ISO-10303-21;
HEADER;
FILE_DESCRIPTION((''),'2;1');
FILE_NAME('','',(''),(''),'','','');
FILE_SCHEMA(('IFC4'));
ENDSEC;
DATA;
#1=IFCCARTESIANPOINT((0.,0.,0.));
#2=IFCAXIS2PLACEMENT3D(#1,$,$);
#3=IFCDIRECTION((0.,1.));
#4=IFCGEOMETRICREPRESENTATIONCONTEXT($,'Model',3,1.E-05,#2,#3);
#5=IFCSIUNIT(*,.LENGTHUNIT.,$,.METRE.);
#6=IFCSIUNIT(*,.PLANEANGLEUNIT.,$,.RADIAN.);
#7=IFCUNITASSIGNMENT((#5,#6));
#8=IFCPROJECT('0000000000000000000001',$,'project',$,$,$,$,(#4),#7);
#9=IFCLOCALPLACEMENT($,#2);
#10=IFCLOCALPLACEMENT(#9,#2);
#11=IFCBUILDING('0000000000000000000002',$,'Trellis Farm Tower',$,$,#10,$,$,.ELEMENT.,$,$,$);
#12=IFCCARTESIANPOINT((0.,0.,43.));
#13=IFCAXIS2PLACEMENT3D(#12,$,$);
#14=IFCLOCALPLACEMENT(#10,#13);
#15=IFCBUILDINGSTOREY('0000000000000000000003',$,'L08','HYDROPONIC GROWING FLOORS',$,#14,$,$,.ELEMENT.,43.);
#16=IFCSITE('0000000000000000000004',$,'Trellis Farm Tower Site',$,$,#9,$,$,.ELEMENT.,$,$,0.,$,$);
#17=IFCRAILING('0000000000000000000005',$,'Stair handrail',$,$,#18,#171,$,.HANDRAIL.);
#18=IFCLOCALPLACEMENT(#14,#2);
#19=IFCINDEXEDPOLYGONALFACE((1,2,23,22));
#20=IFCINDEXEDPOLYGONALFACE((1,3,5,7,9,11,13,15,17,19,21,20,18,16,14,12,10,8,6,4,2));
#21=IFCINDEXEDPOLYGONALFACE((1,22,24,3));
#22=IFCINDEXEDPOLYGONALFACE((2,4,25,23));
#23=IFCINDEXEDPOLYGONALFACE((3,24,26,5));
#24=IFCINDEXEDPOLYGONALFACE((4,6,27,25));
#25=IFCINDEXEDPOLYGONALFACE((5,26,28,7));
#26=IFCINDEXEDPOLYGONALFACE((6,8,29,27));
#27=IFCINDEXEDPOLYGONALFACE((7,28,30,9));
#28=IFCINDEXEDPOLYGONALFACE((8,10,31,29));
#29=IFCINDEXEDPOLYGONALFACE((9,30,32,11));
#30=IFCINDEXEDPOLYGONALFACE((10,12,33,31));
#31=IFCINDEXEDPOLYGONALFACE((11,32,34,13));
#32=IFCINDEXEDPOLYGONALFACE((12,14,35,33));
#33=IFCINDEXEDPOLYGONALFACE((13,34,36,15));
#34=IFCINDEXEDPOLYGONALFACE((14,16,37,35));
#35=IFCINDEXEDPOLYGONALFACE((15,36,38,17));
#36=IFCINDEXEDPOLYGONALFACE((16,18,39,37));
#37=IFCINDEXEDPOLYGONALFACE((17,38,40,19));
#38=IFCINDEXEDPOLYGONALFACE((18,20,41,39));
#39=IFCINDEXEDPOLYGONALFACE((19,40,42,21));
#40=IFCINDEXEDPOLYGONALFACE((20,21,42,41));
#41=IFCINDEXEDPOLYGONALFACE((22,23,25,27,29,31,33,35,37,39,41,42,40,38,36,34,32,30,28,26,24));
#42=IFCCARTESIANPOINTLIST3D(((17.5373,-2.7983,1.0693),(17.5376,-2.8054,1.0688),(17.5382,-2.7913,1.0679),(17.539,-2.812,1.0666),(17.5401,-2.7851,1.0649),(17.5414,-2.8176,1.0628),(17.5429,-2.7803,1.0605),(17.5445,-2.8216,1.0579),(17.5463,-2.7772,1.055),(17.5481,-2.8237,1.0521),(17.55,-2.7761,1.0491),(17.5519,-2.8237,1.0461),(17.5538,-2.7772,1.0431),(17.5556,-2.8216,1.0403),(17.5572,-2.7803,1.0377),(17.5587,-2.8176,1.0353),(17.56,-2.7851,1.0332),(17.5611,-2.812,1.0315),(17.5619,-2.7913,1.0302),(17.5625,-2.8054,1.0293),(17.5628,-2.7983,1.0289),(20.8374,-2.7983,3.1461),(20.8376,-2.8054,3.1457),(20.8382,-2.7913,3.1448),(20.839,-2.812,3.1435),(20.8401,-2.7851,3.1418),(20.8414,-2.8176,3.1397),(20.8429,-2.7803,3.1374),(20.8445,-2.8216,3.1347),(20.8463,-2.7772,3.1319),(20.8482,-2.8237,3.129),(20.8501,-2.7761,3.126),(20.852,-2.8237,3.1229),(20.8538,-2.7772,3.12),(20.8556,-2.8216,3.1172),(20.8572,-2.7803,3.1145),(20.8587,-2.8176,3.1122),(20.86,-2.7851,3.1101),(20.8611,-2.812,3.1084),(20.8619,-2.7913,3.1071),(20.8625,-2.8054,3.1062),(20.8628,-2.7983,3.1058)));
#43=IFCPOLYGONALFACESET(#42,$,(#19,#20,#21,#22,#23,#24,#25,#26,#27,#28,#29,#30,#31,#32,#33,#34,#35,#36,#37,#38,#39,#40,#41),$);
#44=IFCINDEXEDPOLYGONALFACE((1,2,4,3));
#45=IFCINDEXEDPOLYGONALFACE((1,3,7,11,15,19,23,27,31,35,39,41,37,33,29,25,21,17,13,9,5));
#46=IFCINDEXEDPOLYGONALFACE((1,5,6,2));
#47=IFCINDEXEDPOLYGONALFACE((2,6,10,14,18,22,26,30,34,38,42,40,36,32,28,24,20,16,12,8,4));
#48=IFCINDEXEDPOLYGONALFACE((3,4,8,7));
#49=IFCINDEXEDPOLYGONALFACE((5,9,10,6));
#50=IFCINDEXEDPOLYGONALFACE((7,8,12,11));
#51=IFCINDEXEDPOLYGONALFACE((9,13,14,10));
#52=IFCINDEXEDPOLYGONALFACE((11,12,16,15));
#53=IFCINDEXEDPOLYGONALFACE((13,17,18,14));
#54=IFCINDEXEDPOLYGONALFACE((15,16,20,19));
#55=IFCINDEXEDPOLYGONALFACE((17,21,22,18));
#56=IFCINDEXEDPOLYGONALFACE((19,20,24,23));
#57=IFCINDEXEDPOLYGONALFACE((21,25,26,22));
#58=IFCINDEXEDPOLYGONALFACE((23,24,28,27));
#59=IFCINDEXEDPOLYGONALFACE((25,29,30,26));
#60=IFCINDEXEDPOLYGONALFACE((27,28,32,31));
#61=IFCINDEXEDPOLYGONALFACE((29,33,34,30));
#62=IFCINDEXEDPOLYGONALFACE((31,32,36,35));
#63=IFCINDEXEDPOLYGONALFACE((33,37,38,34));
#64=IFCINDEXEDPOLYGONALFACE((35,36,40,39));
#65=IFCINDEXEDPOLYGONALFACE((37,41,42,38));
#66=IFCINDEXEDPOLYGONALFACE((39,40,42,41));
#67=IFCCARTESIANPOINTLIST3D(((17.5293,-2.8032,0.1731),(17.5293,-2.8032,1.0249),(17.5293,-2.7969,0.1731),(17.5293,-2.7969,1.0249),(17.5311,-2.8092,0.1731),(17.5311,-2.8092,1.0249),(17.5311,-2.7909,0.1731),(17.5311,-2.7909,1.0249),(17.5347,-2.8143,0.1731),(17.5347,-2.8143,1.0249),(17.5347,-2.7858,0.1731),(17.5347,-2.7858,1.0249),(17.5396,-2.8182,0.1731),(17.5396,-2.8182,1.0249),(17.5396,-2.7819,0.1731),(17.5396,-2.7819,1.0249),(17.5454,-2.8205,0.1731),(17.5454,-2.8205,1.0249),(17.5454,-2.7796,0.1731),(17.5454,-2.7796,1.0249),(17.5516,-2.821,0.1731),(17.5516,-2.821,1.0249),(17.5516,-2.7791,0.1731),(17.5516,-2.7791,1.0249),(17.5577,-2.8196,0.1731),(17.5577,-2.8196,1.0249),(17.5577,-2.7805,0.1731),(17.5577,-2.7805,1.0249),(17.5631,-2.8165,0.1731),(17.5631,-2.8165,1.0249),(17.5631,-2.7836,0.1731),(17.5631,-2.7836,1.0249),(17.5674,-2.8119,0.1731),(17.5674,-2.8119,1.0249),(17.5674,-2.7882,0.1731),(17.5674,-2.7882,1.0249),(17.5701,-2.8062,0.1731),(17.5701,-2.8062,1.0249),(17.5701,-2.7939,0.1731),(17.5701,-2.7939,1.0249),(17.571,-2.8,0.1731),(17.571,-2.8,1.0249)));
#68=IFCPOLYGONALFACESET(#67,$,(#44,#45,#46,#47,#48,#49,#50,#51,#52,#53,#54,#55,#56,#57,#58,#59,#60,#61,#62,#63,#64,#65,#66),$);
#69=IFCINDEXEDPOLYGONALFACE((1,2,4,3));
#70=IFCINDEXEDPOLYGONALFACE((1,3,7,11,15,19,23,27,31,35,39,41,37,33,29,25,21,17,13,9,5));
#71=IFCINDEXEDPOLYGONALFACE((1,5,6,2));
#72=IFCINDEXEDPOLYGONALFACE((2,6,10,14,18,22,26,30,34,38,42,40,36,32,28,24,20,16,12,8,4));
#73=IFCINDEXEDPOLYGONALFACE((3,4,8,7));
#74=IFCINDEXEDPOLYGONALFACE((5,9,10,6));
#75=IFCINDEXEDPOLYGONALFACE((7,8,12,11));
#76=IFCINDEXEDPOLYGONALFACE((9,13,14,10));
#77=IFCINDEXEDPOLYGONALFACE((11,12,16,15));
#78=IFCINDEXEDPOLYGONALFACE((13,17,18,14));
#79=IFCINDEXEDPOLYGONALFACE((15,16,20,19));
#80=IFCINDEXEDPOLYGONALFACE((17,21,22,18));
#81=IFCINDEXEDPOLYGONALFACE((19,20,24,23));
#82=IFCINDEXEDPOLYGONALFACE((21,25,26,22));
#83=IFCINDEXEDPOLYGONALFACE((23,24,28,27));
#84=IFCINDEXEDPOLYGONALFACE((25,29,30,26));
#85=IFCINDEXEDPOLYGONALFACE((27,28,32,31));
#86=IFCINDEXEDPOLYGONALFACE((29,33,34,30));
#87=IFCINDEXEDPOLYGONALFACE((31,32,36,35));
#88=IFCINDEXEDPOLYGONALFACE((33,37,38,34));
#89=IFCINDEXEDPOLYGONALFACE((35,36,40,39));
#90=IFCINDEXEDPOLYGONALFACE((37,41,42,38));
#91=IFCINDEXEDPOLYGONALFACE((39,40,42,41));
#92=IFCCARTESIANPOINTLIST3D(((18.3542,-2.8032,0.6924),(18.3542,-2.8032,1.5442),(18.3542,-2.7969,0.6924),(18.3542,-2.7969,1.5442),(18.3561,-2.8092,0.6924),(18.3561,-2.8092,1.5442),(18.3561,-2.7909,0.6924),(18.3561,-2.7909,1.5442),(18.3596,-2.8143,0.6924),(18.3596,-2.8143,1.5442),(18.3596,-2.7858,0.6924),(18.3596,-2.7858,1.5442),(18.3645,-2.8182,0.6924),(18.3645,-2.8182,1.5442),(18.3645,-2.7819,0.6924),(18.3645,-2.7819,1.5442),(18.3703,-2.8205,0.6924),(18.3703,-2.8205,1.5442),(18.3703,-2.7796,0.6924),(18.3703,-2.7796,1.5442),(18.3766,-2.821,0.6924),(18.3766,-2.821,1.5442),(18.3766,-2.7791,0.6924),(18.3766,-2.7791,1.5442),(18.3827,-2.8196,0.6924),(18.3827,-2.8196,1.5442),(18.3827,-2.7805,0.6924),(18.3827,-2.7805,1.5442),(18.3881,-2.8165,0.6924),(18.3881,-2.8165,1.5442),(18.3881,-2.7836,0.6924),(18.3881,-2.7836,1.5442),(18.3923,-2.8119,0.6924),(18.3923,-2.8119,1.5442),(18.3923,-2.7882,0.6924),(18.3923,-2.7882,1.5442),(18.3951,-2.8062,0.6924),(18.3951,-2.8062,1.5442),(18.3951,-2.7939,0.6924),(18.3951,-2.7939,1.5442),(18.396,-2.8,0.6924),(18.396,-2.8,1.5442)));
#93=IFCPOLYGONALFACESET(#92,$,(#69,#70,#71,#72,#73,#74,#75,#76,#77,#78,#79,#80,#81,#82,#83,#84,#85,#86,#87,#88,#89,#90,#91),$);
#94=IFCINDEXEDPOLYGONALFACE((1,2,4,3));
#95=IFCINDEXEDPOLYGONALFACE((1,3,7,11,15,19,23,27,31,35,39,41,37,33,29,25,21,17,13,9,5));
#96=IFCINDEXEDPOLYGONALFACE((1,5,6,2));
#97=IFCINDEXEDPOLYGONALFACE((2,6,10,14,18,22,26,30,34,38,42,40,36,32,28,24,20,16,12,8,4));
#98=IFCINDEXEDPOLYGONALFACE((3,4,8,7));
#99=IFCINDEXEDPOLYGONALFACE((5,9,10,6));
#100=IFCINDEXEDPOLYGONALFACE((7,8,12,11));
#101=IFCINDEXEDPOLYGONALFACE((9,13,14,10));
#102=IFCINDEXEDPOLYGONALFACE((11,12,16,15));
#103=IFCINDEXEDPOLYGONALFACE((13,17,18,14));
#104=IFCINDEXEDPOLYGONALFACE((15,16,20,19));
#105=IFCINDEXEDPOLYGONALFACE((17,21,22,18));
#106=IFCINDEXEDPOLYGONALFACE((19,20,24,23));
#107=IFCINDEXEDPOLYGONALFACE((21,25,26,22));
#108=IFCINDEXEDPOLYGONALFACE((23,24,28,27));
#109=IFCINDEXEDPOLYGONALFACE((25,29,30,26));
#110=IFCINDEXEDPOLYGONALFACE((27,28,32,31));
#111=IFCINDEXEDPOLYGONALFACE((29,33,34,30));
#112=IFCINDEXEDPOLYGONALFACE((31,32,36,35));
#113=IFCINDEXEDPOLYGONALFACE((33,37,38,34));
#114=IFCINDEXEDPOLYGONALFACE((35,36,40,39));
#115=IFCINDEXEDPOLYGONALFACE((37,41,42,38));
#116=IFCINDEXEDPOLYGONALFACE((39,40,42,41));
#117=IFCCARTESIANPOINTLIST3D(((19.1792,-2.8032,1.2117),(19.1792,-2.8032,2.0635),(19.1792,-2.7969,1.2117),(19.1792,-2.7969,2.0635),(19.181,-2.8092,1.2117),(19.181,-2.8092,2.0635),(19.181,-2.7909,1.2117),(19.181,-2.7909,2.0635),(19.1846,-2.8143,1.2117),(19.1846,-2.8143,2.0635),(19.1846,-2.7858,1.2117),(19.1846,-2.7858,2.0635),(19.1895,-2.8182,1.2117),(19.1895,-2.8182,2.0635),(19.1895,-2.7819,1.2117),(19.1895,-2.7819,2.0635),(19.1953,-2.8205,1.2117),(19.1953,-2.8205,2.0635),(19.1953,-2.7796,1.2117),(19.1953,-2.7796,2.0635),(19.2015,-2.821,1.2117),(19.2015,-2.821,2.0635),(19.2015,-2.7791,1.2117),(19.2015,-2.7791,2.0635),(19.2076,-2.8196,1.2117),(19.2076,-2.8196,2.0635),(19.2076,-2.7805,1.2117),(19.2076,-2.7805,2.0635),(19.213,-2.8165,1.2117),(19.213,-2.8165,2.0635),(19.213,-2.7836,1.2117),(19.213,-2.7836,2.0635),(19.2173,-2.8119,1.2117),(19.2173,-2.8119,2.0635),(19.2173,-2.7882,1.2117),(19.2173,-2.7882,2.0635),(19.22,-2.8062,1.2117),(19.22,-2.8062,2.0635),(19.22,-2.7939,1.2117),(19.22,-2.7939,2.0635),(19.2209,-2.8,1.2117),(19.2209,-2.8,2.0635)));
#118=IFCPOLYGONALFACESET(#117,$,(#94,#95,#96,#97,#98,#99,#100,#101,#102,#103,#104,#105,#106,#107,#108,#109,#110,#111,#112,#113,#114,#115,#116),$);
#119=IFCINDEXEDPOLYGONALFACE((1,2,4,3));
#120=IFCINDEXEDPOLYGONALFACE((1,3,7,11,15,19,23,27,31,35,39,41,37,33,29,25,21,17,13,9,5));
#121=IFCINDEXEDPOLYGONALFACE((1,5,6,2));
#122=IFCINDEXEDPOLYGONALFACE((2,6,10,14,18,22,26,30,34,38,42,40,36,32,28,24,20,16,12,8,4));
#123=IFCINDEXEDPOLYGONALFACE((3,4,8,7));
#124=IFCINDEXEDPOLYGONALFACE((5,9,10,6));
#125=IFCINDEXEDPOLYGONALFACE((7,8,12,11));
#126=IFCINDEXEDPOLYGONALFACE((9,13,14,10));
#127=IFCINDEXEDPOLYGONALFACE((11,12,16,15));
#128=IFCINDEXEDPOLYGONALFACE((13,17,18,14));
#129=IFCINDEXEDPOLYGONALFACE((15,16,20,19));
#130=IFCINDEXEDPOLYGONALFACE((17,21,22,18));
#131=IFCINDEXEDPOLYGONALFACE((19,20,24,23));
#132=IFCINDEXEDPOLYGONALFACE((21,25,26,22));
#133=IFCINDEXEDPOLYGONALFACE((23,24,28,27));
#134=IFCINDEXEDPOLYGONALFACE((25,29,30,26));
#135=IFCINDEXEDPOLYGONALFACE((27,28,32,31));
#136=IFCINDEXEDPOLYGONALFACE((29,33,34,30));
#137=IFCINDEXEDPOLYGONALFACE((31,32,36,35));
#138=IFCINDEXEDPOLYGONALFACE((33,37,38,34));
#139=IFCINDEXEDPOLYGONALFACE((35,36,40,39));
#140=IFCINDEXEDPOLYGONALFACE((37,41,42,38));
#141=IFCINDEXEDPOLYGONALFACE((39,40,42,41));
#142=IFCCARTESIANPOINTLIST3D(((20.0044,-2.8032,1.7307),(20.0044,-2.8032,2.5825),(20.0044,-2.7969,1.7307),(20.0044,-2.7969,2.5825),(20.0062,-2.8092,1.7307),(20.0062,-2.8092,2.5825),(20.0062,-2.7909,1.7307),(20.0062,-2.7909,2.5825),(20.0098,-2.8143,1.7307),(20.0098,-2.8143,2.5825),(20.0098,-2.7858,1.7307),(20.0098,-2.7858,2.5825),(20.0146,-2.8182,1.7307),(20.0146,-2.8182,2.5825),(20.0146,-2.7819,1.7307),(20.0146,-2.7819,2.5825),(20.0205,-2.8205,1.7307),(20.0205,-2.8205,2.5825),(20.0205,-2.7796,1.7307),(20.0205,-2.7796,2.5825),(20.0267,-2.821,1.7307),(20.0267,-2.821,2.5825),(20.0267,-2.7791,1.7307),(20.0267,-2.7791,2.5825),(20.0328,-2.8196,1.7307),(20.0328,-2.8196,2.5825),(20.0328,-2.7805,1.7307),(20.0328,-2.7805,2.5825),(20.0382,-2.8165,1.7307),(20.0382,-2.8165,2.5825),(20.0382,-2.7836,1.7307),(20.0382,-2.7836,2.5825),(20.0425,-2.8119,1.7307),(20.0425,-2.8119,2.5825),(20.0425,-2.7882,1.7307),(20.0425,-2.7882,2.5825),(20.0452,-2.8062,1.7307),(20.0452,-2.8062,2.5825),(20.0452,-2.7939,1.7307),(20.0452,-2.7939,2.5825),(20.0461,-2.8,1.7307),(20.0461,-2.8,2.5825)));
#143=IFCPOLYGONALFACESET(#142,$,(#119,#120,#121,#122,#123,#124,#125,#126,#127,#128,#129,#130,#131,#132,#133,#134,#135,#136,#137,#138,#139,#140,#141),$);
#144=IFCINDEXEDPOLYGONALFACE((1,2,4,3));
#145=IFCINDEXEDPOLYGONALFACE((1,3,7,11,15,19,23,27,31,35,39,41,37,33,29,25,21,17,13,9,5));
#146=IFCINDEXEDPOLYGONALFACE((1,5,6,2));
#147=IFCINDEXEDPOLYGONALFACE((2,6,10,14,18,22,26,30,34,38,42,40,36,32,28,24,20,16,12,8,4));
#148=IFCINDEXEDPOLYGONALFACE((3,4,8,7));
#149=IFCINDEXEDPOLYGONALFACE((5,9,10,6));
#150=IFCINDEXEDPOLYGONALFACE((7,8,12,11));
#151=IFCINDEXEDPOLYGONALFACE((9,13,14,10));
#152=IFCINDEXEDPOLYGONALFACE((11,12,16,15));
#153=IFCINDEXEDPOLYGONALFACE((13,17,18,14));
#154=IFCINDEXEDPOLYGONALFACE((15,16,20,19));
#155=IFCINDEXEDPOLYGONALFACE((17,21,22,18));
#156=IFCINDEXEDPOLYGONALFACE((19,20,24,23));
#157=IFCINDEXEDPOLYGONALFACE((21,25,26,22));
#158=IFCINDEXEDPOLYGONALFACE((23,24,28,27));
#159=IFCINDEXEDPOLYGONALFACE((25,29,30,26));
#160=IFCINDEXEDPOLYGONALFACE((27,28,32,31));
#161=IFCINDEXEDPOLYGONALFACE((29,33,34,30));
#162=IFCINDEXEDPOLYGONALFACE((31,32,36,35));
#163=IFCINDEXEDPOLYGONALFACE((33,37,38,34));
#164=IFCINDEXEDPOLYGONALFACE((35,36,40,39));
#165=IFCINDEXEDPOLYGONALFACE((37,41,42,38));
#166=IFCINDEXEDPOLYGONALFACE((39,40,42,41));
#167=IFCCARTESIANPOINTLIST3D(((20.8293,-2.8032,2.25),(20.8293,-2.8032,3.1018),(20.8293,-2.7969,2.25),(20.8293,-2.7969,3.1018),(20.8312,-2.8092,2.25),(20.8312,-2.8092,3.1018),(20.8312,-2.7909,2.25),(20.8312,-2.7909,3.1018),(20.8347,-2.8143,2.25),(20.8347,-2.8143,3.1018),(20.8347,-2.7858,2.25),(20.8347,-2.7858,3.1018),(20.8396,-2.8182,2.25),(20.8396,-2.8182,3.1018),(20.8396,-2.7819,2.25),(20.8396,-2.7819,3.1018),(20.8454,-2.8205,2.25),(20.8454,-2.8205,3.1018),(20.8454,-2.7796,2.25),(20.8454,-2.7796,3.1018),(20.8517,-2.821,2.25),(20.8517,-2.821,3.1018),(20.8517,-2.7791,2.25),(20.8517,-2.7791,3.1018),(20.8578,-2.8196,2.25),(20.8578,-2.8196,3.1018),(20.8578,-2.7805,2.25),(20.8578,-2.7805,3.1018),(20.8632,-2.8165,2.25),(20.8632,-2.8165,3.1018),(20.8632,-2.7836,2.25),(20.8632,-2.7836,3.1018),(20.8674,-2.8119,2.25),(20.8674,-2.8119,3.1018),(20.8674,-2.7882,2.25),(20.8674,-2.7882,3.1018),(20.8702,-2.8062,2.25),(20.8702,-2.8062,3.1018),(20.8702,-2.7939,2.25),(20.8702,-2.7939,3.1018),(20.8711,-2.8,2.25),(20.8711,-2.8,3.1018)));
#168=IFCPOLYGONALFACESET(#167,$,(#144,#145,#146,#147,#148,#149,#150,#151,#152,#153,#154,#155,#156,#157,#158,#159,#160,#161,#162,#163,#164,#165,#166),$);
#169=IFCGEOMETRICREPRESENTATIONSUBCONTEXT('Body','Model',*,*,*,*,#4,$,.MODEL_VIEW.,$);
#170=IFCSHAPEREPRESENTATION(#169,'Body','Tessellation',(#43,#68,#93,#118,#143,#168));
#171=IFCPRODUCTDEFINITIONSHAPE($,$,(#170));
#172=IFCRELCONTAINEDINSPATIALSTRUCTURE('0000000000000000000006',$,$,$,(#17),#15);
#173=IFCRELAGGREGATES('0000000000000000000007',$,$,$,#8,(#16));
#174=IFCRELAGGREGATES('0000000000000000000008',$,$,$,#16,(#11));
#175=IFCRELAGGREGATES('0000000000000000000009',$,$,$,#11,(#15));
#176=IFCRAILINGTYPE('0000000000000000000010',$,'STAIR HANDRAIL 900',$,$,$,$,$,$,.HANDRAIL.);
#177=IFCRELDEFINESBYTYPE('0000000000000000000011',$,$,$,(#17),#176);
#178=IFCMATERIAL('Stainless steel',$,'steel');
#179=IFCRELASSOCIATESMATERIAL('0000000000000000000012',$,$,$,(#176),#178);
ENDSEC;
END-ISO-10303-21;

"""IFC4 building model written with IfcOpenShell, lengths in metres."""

from ifc_helpers import new_model, si_unit, direction, frame, origin, origin_2d, place, context, subcontext, project, spatial, circle, extrude, source, transform, mapped, material, type_object, element, save


model = new_model("IFC4")

# Units and contexts
model_context = context("Model", 3, precision=1e-05, world=origin(), true_north=direction((0.0, 1.0)))
body_context = subcontext(model_context, "Body", "Model", "MODEL_VIEW")
ifc_project = project(units=[si_unit("LENGTHUNIT", "METRE"), si_unit("PLANEANGLEUNIT", "RADIAN")], contexts=[model_context])

# Site, building, storey
site_placement = place(None, origin())
site = spatial("IfcSite", under=ifc_project, at=site_placement, Name="Trellis Farm Tower Site", CompositionType="ELEMENT", RefElevation=0.0)
building_placement = place(site_placement, origin())
building = spatial("IfcBuilding", under=site, at=building_placement, Name="Trellis Farm Tower", CompositionType="ELEMENT")
storey_placement = place(building_placement, frame((0.0, 0.0, 43.0)))
storey = spatial("IfcBuildingStorey", under=building, at=storey_placement, Name="L08", Description="HYDROPONIC GROWING FLOORS", CompositionType="ELEMENT", Elevation=43.0)

# Railing
ifc_material_1 = material(Name="Stainless steel", Category="steel")
railing_type = type_object("IfcRailingType", Name="STAIR HANDRAIL 900", PredefinedType="HANDRAIL", material=ifc_material_1)
shared_shape_1 = source(origin(), body_context, "Body", "SweptSolid", [
    extrude(circle(Radius=0.0239, at=origin_2d()), frame((0.0, 0.0, 0.876), z_axis=(0.846337, 0.0, 0.532647), x_axis=(0.0, 1.0, 0.0)), (0.0, 0.0, 1.0), 3.8992),
    extrude(circle(Radius=0.021, at=origin_2d()), origin(), (0.0, 0.0, 1.0), 0.8518),
    extrude(circle(Radius=0.021, at=origin_2d()), frame((0.825, 0.0, 0.5193)), (0.0, 0.0, 1.0), 0.8518),
    extrude(circle(Radius=0.021, at=origin_2d()), frame((1.6499, 0.0, 1.0386)), (0.0, 0.0, 1.0), 0.8518),
    extrude(circle(Radius=0.021, at=origin_2d()), frame((2.4751, 0.0, 1.5576)), (0.0, 0.0, 1.0), 0.8518),
    extrude(circle(Radius=0.021, at=origin_2d()), frame((3.3, 0.0, 2.0769)), (0.0, 0.0, 1.0), 0.8518),
])
for number, where, name in (
    (1, (17.55, -2.8, 0.1731), "Stair handrail"),
):
    element("IfcRailing", number, at=place(storey_placement, frame(where)), inside=storey, type_object=railing_type, Name=name, PredefinedType="HANDRAIL", context=body_context, shape_type="MappedRepresentation", body=[
        mapped(shared_shape_1, transform((0.0, 0.0, 0.0))),
    ])

save(model, "model.ifc")
